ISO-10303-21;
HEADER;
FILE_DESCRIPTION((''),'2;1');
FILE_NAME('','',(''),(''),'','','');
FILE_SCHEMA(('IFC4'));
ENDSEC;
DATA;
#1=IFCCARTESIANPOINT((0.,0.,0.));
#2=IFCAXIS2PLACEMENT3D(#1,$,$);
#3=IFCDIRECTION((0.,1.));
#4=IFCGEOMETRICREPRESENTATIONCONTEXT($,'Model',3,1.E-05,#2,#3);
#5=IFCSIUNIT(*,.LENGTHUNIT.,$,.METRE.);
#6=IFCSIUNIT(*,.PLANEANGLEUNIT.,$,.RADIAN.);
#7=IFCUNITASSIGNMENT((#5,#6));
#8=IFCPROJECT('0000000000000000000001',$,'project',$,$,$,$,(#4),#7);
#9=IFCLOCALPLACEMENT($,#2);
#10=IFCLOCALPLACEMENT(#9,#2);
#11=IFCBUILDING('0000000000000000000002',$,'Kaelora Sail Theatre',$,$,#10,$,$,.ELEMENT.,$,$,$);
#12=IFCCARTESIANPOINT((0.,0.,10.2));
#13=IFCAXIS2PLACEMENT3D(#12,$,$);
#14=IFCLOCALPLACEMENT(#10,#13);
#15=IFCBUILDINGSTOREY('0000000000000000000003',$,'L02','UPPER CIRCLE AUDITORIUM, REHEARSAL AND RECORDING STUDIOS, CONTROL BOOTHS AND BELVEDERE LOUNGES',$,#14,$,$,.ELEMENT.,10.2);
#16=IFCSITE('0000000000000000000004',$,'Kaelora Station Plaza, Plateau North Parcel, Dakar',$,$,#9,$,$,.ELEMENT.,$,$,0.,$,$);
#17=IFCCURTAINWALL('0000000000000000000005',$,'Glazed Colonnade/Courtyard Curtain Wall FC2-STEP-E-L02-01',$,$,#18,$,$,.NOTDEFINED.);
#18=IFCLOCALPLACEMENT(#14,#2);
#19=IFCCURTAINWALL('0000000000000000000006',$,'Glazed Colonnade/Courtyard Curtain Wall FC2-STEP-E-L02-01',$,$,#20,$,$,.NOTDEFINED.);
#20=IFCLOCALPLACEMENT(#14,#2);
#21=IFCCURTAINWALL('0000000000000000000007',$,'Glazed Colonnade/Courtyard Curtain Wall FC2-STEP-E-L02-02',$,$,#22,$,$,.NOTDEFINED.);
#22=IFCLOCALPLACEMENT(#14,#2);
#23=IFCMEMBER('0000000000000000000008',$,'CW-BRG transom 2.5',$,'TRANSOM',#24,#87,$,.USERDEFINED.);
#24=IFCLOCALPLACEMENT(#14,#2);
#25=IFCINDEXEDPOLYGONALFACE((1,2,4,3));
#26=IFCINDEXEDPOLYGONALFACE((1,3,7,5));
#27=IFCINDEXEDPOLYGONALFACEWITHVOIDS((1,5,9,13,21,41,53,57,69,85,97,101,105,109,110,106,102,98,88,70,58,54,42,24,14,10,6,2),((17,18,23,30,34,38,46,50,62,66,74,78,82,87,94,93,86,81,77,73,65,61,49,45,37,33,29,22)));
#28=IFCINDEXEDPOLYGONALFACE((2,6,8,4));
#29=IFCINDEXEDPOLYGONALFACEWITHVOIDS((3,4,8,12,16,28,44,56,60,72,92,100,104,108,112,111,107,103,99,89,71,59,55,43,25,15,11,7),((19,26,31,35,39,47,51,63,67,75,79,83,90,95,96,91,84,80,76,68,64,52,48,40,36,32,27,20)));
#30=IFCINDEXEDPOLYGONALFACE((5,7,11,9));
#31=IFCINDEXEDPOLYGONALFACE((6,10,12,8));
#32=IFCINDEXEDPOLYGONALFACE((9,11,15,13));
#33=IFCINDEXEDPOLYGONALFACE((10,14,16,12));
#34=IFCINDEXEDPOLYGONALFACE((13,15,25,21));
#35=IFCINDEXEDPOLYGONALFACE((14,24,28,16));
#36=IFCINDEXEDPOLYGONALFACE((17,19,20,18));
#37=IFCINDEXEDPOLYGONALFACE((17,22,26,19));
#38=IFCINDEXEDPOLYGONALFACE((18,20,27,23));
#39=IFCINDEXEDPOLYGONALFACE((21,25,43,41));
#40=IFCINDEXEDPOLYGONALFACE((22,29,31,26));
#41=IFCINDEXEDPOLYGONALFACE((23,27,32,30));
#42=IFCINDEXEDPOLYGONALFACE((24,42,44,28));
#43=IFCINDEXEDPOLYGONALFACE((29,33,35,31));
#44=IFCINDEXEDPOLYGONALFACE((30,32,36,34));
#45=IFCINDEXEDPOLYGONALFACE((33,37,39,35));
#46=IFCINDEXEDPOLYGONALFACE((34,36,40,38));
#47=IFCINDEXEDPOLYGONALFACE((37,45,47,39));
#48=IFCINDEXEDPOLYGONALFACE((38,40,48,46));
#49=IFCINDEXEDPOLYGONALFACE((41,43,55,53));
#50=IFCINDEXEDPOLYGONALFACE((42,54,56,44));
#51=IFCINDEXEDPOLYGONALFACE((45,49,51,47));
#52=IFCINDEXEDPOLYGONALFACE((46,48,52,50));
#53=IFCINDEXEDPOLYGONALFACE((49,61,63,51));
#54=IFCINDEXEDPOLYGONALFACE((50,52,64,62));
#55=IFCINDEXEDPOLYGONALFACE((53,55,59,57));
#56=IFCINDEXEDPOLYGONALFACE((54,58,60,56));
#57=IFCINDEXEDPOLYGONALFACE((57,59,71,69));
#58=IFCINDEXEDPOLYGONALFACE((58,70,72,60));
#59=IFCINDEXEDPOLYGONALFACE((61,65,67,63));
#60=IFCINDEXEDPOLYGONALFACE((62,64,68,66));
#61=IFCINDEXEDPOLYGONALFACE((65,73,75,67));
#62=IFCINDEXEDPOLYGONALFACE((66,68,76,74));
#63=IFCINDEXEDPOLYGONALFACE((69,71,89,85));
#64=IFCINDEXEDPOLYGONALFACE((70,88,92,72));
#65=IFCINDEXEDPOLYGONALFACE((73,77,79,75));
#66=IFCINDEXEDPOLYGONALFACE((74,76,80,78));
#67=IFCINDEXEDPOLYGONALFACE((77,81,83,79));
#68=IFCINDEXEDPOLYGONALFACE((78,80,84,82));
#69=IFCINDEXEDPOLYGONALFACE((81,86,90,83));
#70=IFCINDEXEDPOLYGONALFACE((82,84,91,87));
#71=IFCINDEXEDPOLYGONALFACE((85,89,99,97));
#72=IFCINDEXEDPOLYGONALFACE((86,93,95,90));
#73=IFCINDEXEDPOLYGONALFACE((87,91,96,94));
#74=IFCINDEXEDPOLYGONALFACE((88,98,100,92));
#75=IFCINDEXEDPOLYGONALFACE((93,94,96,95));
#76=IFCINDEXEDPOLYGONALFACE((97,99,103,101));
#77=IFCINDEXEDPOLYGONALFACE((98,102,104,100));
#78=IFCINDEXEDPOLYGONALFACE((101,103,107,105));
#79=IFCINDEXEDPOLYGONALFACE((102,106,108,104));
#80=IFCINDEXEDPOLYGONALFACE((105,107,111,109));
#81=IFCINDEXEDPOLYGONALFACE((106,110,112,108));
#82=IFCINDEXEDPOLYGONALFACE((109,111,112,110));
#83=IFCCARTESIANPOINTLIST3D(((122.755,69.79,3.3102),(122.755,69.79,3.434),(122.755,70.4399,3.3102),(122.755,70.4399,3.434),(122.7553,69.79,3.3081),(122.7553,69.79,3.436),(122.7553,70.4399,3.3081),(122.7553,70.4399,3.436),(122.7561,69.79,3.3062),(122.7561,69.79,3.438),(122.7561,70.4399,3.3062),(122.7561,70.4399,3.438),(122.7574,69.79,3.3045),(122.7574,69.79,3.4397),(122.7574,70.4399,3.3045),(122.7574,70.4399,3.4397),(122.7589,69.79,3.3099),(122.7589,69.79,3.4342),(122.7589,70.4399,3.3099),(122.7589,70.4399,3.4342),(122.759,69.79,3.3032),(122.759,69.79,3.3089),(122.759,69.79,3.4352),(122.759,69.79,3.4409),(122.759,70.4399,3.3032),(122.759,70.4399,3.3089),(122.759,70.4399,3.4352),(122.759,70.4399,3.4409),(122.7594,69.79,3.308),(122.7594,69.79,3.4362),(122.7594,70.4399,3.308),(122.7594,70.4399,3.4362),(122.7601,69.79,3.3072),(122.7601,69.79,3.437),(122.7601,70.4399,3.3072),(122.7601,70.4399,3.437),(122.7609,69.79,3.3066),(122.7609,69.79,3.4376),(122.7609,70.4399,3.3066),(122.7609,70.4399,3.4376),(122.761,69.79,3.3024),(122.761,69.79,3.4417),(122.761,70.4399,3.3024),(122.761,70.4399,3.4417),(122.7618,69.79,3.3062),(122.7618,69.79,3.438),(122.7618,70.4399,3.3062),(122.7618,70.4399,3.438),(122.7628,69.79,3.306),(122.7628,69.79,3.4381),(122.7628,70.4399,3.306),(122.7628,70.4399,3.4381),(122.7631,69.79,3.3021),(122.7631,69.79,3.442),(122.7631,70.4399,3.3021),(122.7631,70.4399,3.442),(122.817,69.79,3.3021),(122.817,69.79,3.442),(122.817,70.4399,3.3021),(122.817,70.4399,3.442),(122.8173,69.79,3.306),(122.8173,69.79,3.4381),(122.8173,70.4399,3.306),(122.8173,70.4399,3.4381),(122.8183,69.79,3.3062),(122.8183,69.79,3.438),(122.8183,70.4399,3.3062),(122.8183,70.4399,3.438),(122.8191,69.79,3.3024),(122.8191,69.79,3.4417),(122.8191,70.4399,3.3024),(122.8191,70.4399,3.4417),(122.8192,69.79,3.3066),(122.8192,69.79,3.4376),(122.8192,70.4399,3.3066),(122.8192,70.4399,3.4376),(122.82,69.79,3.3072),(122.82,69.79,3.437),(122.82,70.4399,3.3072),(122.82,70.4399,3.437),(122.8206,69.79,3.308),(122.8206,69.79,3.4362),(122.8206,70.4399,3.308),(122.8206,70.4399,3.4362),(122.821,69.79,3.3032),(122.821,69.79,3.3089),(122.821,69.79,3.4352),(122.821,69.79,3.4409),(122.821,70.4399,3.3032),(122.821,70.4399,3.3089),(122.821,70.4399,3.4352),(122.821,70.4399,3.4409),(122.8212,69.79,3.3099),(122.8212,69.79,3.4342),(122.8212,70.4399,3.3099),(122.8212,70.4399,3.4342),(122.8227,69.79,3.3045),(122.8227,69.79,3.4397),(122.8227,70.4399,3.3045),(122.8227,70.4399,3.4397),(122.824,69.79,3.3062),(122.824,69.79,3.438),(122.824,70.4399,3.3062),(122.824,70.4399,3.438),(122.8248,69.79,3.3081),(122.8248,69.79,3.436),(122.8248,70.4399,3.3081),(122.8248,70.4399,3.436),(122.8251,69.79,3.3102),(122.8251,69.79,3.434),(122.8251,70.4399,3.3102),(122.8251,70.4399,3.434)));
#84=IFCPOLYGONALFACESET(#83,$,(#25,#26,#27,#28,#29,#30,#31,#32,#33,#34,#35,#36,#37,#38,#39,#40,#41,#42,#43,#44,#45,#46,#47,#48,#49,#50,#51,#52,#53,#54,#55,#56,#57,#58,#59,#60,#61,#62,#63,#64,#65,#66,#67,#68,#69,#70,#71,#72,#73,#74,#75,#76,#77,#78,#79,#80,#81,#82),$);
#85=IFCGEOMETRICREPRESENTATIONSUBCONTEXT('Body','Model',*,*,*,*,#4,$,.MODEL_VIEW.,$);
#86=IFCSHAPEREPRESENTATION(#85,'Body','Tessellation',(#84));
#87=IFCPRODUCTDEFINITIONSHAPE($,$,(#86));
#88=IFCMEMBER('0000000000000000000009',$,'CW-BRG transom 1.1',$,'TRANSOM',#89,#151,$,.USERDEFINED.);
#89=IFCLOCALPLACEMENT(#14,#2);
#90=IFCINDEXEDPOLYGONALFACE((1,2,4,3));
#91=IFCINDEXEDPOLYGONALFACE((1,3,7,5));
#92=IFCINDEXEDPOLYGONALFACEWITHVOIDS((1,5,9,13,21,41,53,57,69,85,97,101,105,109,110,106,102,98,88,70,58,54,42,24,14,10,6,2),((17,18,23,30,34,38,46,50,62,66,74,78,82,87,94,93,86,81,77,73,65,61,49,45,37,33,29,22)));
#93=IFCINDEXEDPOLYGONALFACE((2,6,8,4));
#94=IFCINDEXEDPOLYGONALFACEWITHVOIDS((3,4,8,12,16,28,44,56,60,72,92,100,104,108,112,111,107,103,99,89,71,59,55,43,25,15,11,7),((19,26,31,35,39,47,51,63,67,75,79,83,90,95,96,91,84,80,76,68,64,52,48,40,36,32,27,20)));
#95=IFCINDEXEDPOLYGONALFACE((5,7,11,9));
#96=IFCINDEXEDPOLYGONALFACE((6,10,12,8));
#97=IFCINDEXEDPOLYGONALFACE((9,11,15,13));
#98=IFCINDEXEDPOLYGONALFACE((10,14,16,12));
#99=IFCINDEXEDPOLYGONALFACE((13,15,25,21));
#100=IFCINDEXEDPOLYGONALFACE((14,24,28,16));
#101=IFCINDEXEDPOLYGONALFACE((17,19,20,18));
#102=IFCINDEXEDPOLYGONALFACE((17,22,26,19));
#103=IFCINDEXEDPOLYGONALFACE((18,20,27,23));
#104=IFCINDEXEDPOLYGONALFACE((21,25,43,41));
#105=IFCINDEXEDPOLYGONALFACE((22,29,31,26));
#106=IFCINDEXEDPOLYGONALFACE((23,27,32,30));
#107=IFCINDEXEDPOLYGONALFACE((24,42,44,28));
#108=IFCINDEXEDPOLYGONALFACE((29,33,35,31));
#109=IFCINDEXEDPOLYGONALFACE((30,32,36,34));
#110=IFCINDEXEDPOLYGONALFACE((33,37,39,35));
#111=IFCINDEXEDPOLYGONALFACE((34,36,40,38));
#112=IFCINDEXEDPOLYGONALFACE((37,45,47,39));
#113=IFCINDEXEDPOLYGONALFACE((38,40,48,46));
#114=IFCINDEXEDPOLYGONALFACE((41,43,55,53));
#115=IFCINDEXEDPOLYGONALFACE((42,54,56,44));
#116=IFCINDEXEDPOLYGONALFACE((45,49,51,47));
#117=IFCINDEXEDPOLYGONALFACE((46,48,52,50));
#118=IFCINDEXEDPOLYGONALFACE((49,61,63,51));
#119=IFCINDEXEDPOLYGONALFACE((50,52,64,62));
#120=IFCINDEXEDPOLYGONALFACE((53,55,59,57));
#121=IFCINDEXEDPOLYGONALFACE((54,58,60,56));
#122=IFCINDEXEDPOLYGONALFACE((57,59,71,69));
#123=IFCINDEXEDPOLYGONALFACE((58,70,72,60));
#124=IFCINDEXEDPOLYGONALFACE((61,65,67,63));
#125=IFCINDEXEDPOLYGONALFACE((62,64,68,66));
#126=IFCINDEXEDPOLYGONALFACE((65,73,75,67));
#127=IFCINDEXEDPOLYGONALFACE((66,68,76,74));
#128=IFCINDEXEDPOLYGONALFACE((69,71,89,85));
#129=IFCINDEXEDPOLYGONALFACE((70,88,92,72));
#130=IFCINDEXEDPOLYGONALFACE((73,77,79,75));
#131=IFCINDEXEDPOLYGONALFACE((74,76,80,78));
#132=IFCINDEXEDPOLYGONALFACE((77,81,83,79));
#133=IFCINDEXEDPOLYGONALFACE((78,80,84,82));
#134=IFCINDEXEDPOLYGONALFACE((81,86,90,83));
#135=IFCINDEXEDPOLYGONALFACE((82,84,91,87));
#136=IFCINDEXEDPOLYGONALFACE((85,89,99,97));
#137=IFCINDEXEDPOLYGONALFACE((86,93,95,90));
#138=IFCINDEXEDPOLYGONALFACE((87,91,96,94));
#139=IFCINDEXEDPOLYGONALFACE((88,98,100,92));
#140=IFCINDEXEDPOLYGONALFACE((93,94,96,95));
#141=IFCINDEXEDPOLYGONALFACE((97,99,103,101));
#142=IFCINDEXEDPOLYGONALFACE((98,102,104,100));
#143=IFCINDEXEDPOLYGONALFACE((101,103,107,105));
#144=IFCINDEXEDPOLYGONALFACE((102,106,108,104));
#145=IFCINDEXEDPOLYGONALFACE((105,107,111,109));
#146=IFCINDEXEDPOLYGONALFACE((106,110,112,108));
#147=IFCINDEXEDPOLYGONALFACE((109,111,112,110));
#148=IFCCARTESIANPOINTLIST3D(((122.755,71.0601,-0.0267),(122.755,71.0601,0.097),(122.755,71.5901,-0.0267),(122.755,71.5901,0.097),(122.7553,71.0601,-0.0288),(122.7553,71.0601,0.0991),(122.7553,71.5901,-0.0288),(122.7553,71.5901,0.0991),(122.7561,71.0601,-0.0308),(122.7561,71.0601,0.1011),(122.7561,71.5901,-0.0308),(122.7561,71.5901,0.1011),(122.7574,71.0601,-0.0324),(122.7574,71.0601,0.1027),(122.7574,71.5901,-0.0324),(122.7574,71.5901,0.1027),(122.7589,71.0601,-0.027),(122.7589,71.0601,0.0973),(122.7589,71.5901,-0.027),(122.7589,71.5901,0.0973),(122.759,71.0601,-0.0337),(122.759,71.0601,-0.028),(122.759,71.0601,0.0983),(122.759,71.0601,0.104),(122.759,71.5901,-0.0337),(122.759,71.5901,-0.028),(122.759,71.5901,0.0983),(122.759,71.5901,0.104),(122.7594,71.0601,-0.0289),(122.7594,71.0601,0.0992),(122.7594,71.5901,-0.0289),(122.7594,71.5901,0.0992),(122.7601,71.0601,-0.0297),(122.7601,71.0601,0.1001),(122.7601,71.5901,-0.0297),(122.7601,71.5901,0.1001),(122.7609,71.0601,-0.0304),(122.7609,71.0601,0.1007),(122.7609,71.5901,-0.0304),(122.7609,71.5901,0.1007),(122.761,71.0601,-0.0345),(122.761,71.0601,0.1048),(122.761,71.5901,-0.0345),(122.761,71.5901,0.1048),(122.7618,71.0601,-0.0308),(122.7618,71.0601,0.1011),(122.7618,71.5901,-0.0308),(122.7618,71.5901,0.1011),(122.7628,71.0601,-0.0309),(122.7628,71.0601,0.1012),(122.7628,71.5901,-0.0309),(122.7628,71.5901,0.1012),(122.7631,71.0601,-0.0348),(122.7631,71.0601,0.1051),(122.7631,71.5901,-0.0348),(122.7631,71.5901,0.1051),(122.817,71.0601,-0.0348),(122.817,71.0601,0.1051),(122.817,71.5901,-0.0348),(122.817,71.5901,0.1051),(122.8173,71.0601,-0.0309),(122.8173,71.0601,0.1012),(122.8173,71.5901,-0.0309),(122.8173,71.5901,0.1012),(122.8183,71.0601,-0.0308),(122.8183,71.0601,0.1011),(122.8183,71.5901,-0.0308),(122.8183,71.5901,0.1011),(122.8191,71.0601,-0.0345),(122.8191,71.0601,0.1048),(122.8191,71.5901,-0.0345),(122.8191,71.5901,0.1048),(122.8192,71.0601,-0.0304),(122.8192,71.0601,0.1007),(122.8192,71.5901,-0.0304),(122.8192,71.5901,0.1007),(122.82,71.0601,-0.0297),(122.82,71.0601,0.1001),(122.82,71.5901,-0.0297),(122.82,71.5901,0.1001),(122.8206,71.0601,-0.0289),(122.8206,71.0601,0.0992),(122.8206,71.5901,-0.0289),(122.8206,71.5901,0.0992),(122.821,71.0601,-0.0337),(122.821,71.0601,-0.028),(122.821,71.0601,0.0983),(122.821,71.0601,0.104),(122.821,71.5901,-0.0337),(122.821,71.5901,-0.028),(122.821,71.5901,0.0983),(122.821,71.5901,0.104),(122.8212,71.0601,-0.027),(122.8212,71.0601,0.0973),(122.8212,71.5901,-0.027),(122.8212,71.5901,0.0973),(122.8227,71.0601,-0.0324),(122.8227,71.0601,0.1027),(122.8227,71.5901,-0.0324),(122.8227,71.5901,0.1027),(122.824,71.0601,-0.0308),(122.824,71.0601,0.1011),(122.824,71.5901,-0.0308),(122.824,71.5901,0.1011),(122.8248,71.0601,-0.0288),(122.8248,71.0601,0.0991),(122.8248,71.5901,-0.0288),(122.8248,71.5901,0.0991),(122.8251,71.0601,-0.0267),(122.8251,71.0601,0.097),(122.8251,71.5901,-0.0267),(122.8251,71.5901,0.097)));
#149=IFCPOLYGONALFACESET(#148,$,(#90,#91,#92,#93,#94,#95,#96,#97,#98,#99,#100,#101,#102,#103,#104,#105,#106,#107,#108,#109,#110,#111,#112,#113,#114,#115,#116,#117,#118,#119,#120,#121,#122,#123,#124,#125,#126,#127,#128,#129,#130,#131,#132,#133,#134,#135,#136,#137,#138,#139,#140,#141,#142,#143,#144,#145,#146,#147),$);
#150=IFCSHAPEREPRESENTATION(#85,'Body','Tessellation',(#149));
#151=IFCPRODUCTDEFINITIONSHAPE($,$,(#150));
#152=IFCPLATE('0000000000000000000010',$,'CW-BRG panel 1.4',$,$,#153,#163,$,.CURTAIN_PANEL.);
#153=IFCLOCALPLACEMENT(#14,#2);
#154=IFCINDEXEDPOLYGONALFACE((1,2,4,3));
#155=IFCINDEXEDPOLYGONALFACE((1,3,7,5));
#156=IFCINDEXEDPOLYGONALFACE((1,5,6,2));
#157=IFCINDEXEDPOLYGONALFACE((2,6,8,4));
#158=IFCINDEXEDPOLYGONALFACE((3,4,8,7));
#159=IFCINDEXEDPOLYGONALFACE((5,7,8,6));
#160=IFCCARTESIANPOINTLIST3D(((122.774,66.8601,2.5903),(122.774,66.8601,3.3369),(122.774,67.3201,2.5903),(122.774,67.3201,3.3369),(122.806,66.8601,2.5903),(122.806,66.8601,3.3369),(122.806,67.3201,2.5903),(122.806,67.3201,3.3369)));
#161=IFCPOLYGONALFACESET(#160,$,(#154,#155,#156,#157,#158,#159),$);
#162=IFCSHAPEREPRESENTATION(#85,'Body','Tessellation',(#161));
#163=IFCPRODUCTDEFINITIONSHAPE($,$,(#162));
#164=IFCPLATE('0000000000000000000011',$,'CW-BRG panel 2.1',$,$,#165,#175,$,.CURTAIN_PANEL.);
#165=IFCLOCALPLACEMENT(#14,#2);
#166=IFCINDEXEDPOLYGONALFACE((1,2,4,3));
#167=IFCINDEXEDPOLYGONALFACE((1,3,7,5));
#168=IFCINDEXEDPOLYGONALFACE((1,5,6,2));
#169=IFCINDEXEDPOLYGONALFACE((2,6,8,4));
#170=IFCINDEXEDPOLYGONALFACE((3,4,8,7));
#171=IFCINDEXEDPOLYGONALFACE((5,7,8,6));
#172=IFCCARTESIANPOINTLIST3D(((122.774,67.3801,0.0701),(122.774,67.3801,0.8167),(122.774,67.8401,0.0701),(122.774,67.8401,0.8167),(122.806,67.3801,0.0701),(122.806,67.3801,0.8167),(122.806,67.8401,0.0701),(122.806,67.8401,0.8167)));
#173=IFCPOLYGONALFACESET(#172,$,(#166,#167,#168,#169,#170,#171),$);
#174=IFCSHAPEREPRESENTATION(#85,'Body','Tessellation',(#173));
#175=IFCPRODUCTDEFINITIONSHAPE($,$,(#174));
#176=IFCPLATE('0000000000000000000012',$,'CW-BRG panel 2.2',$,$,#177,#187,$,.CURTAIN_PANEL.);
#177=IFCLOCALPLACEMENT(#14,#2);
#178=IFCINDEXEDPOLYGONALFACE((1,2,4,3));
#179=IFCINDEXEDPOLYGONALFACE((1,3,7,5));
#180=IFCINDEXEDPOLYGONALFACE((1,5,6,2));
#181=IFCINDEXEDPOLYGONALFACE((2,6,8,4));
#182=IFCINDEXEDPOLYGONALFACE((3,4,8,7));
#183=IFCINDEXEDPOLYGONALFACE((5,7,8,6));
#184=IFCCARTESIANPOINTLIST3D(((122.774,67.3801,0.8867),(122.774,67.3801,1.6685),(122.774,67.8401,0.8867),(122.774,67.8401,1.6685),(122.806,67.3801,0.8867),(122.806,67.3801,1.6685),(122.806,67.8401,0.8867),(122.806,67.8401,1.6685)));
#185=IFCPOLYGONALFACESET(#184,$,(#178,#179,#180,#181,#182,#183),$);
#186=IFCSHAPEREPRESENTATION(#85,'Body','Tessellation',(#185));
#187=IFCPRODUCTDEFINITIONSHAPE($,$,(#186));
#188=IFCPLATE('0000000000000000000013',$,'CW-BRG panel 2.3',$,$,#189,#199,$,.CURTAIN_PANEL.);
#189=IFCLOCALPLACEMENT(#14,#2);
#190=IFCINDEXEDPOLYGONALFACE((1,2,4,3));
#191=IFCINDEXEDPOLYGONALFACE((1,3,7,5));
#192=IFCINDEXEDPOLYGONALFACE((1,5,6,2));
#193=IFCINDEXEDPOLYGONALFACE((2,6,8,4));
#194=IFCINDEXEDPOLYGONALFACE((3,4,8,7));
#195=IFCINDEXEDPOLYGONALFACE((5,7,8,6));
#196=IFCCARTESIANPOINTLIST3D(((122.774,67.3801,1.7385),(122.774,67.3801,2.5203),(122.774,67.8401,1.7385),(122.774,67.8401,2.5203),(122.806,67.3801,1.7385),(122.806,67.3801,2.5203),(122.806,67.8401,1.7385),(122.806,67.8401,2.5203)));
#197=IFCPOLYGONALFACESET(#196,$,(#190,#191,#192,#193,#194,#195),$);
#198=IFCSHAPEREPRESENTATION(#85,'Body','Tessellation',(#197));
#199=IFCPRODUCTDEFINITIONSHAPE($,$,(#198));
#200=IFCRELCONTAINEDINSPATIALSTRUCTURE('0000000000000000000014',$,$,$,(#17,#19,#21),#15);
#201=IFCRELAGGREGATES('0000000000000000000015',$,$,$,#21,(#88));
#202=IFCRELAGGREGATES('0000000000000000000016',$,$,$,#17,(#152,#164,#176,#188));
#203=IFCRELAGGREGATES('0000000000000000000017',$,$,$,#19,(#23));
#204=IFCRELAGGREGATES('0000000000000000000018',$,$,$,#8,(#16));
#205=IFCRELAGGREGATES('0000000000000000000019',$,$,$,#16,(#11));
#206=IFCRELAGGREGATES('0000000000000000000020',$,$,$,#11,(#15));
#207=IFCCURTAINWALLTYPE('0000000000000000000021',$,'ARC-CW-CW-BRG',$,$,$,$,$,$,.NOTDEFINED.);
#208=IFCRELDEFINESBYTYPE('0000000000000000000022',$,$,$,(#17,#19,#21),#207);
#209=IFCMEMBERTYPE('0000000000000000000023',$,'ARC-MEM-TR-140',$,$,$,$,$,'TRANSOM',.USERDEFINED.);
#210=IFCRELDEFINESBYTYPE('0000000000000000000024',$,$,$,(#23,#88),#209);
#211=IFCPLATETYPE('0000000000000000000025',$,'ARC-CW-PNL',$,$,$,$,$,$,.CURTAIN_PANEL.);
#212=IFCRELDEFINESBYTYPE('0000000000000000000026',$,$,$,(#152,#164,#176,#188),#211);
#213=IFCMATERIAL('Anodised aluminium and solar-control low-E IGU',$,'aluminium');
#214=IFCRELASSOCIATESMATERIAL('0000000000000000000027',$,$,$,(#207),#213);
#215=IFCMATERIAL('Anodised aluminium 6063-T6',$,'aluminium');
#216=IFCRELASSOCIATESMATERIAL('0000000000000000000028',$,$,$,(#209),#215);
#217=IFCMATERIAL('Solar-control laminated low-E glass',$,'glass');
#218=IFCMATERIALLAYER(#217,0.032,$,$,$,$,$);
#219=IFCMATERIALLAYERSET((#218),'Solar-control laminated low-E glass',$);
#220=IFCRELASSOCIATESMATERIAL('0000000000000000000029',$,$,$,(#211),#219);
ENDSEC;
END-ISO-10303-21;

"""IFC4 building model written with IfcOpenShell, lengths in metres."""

from ifc_helpers import new_model, si_unit, direction, frame, origin, origin_2d, place, context, subcontext, project, spatial, rectangle, hollow_rectangle, extrude, material, layer, layer_set, material_profile, profile_set, type_object, element, aggregate, save


model = new_model("IFC4")

# Units and contexts
model_context = context("Model", 3, precision=1e-05, world=origin(), true_north=direction((0.0, 1.0)))
body_context = subcontext(model_context, "Body", "Model", "MODEL_VIEW")
ifc_project = project(units=[si_unit("LENGTHUNIT", "METRE"), si_unit("PLANEANGLEUNIT", "RADIAN")], contexts=[model_context])

# Site, building, storey
site_placement = place(None, origin())
site = spatial("IfcSite", under=ifc_project, at=site_placement, Name="Kaelora Station Plaza, Plateau North Parcel, Dakar", CompositionType="ELEMENT", RefElevation=0.0)
building_placement = place(site_placement, origin())
building = spatial("IfcBuilding", under=site, at=building_placement, Name="Kaelora Sail Theatre", CompositionType="ELEMENT")
storey_placement = place(building_placement, frame((0.0, 0.0, 10.2)))
storey = spatial("IfcBuildingStorey", under=building, at=storey_placement, Name="L02", Description="UPPER CIRCLE AUDITORIUM, REHEARSAL AND RECORDING STUDIOS, CONTROL BOOTHS AND BELVEDERE LOUNGES", CompositionType="ELEMENT", Elevation=10.2)

# Curtain walls
ifc_material_1 = material(Name="Anodised aluminium and solar-control low-E IGU", Category="aluminium")
curtain_wall_type = type_object("IfcCurtainWallType", Name="ARC-CW-CW-BRG", PredefinedType="NOTDEFINED", material=ifc_material_1)
curtain_wall_1_placement = place(storey_placement, origin())
curtain_wall_1 = element("IfcCurtainWall", 1, at=curtain_wall_1_placement, inside=storey, type_object=curtain_wall_type, Name="Glazed Colonnade/Courtyard Curtain Wall FC2-STEP-E-L02-01", PredefinedType="NOTDEFINED")
curtain_wall_2_placement = place(storey_placement, origin())
curtain_wall_2 = element("IfcCurtainWall", 2, at=curtain_wall_2_placement, inside=storey, type_object=curtain_wall_type, Name="Glazed Colonnade/Courtyard Curtain Wall FC2-STEP-E-L02-01", PredefinedType="NOTDEFINED")

# Curtain wall
curtain_wall_3_placement = place(storey_placement, origin())
curtain_wall_3 = element("IfcCurtainWall", 3, at=curtain_wall_3_placement, inside=storey, type_object=curtain_wall_type, Name="Glazed Colonnade/Courtyard Curtain Wall FC2-STEP-E-L02-02", PredefinedType="NOTDEFINED")

# Members
ifc_material_2 = material(Name="Anodised aluminium 6063-T6", Category="aluminium")
ifc_material_profile_1 = material_profile(ifc_material_2, hollow_rectangle(XDim=0.0701, YDim=0.1399, WallThickness=0.0039, InnerFilletRadius=0.0039, OuterFilletRadius=0.0081, at=origin_2d()), Name="ALU-TRAN 70x140x4")
ifc_profile_set_1 = profile_set([ifc_material_profile_1], Name="Anodised aluminium 6063-T6")
member_type_1 = type_object("IfcMemberType", Name="ARC-MEM-TR-140", ElementType="TRANSOM", PredefinedType="USERDEFINED", material=ifc_profile_set_1)
member_1_placement = place(storey_placement, frame((122.79, 69.79, 3.3721), z_axis=(0.0, 1.0, 0.0), x_axis=(-1.0, 0.0, 0.0)))
member_1 = element("IfcMember", 4, at=member_1_placement, type_object=member_type_1, Name="CW-BRG transom 2.5", ObjectType="TRANSOM", PredefinedType="USERDEFINED", context=body_context, shape_type="SweptSolid", body=[
    extrude(hollow_rectangle(XDim=0.0701, YDim=0.1399, WallThickness=0.0039, InnerFilletRadius=0.0039, OuterFilletRadius=0.0081, at=origin_2d()), origin(), (0.0, 0.0, 1.0), 0.6499),
])
member_2_placement = place(storey_placement, frame((122.79, 71.0601, 0.0352), z_axis=(0.0, 1.0, 0.0), x_axis=(-1.0, 0.0, 0.0)))
member_2 = element("IfcMember", 5, at=member_2_placement, type_object=member_type_1, Name="CW-BRG transom 1.1", ObjectType="TRANSOM", PredefinedType="USERDEFINED", context=body_context, shape_type="SweptSolid", body=[
    extrude(hollow_rectangle(XDim=0.0701, YDim=0.1399, WallThickness=0.0039, InnerFilletRadius=0.0039, OuterFilletRadius=0.0081, at=origin_2d()), origin(), (0.0, 0.0, 1.0), 0.53),
])
aggregate(curtain_wall_3, [member_2])

# Plates
ifc_material_3 = material(Name="Solar-control laminated low-E glass", Category="glass")
ifc_layer = layer(ifc_material_3, 0.032)
ifc_layer_set = layer_set([ifc_layer], Name="Solar-control laminated low-E glass")
plate_type = type_object("IfcPlateType", Name="ARC-CW-PNL", PredefinedType="CURTAIN_PANEL", material=ifc_layer_set)
plate_1_placement = place(storey_placement, frame((122.79, 67.0901, 2.5903), z_axis=(0.0, 0.0, 1.0), x_axis=(0.0, 1.0, 0.0)))
plate_1 = element("IfcPlate", 6, at=plate_1_placement, type_object=plate_type, Name="CW-BRG panel 1.4", PredefinedType="CURTAIN_PANEL", context=body_context, shape_type="SweptSolid", body=[
    extrude(rectangle(XDim=0.46, YDim=0.032, at=origin_2d()), origin(), (0.0, 0.0, 1.0), 0.7466),
])
plate_2_placement = place(storey_placement, frame((122.79, 67.6101, 0.0701), z_axis=(0.0, 0.0, 1.0), x_axis=(0.0, 1.0, 0.0)))
plate_2 = element("IfcPlate", 7, at=plate_2_placement, type_object=plate_type, Name="CW-BRG panel 2.1", PredefinedType="CURTAIN_PANEL", context=body_context, shape_type="SweptSolid", body=[
    extrude(rectangle(XDim=0.46, YDim=0.032, at=origin_2d()), origin(), (0.0, 0.0, 1.0), 0.7466),
])
plate_3_placement = place(storey_placement, frame((122.79, 67.6101, 0.8867), z_axis=(0.0, 0.0, 1.0), x_axis=(0.0, 1.0, 0.0)))
plate_3 = element("IfcPlate", 8, at=plate_3_placement, type_object=plate_type, Name="CW-BRG panel 2.2", PredefinedType="CURTAIN_PANEL", context=body_context, shape_type="SweptSolid", body=[
    extrude(rectangle(XDim=0.46, YDim=0.032, at=origin_2d()), origin(), (0.0, 0.0, 1.0), 0.7817),
])
plate_4_placement = place(storey_placement, frame((122.79, 67.6101, 1.7385), z_axis=(0.0, 0.0, 1.0), x_axis=(0.0, 1.0, 0.0)))
plate_4 = element("IfcPlate", 9, at=plate_4_placement, type_object=plate_type, Name="CW-BRG panel 2.3", PredefinedType="CURTAIN_PANEL", context=body_context, shape_type="SweptSolid", body=[
    extrude(rectangle(XDim=0.46, YDim=0.032, at=origin_2d()), origin(), (0.0, 0.0, 1.0), 0.7817),
])
aggregate(curtain_wall_1, [plate_1, plate_2, plate_3, plate_4])
aggregate(curtain_wall_2, [member_1])

save(model, "model.ifc")
